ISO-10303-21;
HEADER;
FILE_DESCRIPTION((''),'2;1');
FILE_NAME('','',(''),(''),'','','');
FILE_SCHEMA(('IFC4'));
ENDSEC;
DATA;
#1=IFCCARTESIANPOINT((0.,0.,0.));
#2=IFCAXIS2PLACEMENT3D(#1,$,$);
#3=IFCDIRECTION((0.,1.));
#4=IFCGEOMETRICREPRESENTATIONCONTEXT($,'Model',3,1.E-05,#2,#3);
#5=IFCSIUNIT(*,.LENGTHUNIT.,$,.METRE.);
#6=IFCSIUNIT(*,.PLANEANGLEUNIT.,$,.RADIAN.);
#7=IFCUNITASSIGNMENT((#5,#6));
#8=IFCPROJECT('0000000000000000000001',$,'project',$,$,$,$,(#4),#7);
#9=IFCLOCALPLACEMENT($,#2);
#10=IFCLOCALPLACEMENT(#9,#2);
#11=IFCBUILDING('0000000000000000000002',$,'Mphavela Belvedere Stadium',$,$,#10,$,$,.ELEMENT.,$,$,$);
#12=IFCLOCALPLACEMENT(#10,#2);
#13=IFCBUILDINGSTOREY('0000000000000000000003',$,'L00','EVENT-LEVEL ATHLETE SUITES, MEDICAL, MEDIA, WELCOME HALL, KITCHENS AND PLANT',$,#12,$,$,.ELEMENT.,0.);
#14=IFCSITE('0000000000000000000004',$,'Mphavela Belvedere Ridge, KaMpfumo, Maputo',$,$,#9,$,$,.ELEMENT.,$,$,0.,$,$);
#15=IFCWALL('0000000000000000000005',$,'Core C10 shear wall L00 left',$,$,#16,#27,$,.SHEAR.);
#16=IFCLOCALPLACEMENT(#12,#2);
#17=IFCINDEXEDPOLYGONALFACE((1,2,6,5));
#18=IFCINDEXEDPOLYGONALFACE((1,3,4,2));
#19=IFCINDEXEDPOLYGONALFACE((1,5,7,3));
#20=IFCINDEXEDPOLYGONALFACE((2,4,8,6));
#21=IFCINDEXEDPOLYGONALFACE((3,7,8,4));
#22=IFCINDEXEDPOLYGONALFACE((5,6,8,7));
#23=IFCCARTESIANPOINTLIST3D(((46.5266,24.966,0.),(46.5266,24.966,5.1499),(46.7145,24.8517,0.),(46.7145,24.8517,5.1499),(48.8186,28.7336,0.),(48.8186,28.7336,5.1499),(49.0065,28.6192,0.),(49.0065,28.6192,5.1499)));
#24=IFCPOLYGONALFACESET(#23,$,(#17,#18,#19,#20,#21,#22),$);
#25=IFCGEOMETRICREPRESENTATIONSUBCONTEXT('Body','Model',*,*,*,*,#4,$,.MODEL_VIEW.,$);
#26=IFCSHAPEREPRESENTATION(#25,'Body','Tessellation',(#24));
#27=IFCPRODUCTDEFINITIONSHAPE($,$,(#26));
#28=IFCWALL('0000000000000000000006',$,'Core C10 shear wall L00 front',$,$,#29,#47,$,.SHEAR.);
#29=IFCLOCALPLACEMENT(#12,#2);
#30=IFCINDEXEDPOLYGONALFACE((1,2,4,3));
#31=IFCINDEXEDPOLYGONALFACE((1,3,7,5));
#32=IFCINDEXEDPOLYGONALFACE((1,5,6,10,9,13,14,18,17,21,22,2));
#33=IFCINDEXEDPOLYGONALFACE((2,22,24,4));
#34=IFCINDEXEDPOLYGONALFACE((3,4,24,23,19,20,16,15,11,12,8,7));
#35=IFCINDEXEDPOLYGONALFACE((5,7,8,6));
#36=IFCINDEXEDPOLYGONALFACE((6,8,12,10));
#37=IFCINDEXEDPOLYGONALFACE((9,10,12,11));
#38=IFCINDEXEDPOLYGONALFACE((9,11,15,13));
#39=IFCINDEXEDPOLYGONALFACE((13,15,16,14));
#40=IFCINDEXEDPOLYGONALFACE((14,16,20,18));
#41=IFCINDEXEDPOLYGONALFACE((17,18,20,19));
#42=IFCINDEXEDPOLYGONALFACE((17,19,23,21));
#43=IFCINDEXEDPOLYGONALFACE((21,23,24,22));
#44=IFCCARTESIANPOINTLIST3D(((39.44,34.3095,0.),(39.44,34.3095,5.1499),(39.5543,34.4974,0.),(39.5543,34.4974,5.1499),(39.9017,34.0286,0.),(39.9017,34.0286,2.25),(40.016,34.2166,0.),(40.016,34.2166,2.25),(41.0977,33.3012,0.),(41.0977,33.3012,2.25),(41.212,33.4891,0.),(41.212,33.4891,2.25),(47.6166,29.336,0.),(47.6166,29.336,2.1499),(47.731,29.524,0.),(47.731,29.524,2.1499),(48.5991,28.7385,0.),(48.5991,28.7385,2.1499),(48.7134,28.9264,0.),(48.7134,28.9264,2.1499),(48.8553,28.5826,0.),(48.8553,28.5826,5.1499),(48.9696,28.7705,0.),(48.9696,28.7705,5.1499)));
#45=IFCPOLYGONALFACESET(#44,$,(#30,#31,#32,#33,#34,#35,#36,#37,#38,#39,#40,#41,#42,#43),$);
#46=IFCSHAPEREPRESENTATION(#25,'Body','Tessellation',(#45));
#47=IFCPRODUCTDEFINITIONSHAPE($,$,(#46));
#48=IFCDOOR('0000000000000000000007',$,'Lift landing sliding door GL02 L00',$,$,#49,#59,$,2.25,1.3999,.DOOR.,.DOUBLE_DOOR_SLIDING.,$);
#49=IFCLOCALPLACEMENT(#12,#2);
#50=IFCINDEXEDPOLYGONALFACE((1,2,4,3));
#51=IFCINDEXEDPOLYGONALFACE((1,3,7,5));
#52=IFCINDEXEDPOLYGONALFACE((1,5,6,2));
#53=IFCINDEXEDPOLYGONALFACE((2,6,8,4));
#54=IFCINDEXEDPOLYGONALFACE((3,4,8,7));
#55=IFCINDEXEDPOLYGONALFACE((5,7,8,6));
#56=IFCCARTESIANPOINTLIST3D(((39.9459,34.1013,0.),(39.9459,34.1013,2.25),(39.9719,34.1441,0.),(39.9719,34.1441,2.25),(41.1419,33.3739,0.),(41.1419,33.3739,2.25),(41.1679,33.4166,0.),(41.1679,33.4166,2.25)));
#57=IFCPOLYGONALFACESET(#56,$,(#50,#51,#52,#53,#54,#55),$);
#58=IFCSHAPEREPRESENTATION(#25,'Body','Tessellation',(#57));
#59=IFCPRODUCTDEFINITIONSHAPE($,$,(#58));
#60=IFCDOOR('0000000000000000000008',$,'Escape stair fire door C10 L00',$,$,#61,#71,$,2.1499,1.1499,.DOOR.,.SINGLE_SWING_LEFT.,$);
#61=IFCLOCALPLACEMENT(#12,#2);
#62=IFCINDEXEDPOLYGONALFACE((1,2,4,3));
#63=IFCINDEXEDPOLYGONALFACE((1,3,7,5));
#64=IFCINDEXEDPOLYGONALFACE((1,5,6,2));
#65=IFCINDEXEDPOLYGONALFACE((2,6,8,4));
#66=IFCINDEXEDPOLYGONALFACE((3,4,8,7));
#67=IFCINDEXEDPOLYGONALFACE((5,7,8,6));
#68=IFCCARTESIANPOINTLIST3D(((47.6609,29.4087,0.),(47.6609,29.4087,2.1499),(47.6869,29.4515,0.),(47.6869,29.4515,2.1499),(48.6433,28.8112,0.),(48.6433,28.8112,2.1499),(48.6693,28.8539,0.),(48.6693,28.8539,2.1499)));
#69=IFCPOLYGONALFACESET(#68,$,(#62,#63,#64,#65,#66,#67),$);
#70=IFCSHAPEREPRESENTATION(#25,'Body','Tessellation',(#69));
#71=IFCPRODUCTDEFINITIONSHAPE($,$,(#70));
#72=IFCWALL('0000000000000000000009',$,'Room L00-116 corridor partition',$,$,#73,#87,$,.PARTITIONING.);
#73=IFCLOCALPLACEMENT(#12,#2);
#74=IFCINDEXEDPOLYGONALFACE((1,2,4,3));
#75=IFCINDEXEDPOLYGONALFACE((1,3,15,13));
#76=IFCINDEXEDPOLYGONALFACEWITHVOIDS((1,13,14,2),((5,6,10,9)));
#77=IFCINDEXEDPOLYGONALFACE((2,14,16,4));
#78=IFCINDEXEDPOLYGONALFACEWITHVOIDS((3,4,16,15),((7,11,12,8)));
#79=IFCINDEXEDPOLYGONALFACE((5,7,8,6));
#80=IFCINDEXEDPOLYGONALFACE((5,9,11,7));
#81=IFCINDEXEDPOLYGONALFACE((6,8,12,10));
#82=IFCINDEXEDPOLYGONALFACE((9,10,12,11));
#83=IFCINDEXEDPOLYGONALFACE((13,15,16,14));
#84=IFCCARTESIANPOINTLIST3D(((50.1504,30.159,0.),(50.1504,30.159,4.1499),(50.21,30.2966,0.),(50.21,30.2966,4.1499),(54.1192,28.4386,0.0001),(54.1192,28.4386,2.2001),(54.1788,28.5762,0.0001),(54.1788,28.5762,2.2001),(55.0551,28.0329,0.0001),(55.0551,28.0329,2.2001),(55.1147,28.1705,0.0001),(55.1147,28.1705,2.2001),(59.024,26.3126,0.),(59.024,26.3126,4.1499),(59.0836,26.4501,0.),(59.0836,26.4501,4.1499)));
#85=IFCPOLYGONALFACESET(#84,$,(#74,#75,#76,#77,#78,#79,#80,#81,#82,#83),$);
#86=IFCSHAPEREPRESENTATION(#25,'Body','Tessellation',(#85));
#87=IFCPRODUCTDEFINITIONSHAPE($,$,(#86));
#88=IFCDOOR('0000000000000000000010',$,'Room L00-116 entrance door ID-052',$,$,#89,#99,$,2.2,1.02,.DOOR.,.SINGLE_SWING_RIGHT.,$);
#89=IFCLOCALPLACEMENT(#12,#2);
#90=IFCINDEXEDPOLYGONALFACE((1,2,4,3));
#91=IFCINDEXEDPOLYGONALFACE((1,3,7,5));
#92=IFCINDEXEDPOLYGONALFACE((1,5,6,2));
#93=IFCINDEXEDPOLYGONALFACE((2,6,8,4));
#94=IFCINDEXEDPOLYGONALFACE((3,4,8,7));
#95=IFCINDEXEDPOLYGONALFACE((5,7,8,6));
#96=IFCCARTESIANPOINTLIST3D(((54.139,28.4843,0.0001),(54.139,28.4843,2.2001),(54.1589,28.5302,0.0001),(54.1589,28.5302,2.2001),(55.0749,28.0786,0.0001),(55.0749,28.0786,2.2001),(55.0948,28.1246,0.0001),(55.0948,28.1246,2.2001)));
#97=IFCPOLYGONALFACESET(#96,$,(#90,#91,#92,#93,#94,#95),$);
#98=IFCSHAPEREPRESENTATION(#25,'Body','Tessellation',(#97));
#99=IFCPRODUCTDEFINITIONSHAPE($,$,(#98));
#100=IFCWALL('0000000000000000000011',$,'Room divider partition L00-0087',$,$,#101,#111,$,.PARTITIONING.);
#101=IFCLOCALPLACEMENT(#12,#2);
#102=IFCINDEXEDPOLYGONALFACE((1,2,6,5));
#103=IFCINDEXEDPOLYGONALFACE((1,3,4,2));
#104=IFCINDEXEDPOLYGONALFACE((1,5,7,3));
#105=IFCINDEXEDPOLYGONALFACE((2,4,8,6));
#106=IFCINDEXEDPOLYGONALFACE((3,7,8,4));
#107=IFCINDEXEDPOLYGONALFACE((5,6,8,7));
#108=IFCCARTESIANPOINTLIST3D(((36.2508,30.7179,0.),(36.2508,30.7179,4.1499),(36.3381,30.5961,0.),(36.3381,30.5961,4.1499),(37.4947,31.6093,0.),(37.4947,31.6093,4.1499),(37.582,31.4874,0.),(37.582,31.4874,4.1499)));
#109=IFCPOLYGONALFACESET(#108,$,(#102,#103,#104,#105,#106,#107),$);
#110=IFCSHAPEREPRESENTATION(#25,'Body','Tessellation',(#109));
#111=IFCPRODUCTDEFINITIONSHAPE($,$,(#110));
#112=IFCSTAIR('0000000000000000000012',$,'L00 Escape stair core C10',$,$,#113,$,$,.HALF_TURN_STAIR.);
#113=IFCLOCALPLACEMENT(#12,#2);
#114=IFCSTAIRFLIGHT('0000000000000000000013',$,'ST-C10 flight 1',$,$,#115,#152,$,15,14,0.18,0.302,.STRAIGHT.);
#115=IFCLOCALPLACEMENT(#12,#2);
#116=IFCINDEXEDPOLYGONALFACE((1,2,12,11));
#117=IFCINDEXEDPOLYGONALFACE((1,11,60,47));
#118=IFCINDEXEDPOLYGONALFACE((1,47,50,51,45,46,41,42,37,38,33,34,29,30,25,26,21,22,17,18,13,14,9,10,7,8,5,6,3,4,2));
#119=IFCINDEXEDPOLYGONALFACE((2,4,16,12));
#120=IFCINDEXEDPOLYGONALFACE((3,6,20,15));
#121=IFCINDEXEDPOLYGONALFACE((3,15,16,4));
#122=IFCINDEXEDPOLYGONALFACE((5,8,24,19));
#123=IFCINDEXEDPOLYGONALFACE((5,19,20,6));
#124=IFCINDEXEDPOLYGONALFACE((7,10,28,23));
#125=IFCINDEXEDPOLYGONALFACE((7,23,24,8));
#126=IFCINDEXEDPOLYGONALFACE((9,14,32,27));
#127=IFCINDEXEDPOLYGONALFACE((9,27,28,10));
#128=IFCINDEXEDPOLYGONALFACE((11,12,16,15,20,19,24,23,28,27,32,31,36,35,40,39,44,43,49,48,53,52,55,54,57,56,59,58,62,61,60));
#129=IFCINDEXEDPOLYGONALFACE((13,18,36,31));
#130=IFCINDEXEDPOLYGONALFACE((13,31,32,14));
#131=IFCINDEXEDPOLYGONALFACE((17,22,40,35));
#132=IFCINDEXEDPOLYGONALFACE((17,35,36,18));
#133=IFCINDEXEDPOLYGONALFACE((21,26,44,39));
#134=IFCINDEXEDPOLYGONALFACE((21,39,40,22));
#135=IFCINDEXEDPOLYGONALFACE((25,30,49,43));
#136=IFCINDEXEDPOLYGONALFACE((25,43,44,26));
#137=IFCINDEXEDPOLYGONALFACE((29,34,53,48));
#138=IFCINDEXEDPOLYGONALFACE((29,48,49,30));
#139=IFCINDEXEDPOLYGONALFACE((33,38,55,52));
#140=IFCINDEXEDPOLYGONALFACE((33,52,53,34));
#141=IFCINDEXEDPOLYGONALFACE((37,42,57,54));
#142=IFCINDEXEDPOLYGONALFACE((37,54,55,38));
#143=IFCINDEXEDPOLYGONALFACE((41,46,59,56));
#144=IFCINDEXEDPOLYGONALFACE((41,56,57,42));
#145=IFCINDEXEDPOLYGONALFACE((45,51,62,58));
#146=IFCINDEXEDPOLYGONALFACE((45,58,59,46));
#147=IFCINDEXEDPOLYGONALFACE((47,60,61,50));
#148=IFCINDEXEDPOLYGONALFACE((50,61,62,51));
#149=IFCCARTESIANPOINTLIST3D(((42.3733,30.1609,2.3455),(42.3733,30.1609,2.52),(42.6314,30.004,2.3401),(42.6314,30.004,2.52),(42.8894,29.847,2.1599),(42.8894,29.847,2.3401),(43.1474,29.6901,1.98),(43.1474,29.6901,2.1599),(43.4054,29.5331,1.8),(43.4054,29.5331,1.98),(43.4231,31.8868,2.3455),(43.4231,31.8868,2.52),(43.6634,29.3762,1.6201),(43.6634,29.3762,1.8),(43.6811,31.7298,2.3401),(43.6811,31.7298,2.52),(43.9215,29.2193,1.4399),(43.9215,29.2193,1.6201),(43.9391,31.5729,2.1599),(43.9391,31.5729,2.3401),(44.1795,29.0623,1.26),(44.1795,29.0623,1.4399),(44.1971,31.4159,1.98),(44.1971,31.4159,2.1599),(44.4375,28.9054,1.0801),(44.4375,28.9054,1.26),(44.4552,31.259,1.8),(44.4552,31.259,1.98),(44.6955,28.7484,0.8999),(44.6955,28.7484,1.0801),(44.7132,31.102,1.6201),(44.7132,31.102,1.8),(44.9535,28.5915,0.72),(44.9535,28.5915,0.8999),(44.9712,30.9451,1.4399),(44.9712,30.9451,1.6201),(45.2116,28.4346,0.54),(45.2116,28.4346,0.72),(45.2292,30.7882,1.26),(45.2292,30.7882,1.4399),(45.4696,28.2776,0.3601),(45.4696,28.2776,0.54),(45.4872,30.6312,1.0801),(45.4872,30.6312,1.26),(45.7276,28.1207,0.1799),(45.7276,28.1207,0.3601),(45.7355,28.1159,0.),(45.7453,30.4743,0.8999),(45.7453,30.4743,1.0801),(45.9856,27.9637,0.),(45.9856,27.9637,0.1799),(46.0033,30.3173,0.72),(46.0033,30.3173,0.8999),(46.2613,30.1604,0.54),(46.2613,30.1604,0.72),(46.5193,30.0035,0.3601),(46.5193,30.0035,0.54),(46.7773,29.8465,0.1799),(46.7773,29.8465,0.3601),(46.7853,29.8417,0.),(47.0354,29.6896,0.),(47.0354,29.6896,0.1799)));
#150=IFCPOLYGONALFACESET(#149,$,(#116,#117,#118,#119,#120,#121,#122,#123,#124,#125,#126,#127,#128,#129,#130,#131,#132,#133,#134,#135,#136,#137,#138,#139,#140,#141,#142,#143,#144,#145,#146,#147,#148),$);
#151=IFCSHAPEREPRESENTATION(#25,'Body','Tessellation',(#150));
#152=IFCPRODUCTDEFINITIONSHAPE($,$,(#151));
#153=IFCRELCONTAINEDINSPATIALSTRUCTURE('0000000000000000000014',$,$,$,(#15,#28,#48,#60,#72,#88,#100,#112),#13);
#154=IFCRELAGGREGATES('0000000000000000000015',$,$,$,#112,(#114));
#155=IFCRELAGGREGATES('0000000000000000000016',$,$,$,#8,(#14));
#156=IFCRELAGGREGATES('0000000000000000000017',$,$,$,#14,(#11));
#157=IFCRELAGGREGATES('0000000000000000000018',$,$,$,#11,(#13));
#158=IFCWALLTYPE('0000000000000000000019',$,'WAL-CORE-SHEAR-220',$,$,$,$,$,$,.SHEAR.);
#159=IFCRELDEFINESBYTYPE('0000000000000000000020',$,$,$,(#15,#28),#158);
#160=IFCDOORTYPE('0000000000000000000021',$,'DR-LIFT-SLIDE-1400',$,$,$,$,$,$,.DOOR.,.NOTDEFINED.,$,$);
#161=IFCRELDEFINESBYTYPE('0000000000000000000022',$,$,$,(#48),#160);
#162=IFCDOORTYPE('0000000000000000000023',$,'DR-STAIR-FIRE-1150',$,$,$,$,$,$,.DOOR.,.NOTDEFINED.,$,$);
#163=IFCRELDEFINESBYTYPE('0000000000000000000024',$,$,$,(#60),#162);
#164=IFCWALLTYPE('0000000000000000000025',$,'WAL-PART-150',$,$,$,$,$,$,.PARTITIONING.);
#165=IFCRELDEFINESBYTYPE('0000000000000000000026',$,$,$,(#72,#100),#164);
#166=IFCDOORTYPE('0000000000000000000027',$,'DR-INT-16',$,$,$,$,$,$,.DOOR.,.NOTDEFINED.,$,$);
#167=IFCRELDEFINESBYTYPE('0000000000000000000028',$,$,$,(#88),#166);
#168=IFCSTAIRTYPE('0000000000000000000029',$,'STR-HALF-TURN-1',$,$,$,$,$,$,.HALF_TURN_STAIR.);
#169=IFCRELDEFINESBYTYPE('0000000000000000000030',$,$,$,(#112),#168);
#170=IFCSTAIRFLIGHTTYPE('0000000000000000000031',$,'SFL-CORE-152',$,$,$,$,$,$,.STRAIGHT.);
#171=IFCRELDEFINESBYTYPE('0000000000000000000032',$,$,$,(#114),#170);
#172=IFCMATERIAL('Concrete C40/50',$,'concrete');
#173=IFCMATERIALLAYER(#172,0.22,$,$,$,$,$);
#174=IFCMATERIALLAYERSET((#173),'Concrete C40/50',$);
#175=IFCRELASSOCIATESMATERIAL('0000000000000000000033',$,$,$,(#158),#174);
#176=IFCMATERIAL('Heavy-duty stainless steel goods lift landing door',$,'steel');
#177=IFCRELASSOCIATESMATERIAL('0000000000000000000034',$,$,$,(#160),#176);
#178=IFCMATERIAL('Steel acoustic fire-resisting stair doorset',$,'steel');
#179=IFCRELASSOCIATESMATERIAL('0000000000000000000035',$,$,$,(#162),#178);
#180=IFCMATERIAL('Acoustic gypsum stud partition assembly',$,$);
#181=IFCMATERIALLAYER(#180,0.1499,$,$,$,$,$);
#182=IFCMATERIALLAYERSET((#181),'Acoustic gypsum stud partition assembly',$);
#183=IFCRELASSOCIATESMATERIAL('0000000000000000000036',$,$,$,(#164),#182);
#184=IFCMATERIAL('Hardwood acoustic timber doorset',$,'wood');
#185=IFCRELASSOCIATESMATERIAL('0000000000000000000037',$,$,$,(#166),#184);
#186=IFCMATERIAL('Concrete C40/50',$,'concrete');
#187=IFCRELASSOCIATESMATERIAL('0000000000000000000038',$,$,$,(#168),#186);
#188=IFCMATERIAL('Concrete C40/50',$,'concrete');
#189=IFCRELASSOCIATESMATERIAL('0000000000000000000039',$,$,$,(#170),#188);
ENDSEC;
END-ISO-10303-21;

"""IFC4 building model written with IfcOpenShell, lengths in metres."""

from ifc_helpers import new_model, si_unit, direction, frame, frame_2d, origin, place, context, subcontext, project, spatial, polyline, rectangle, outline, extrude, material, layer, layer_set, type_object, element, fill, aggregate, save


model = new_model("IFC4")

# Units and contexts
model_context = context("Model", 3, precision=1e-05, world=origin(), true_north=direction((0.0, 1.0)))
body_context = subcontext(model_context, "Body", "Model", "MODEL_VIEW")
ifc_project = project(units=[si_unit("LENGTHUNIT", "METRE"), si_unit("PLANEANGLEUNIT", "RADIAN")], contexts=[model_context])

# Site, building, storey
site_placement = place(None, origin())
site = spatial("IfcSite", under=ifc_project, at=site_placement, Name="Mphavela Belvedere Ridge, KaMpfumo, Maputo", CompositionType="ELEMENT", RefElevation=0.0)
building_placement = place(site_placement, origin())
building = spatial("IfcBuilding", under=site, at=building_placement, Name="Mphavela Belvedere Stadium", CompositionType="ELEMENT")
storey_placement = place(building_placement, origin())
storey = spatial("IfcBuildingStorey", under=building, at=storey_placement, Name="L00", Description="EVENT-LEVEL ATHLETE SUITES, MEDICAL, MEDIA, WELCOME HALL, KITCHENS AND PLANT", CompositionType="ELEMENT", Elevation=0.0)

# Wall
ifc_material_1 = material(Name="Concrete C40/50", Category="concrete")
ifc_layer_1 = layer(ifc_material_1, 0.22)
ifc_layer_set_1 = layer_set([ifc_layer_1], Name="Concrete C40/50")
wall_type_1 = type_object("IfcWallType", Name="WAL-CORE-SHEAR-220", PredefinedType="SHEAR", material=ifc_layer_set_1)
wall_1_placement = place(storey_placement, frame((48.9126, 28.6765, 0.0), z_axis=(0.0, 0.0, 1.0), x_axis=(-0.519729, -0.854331, 0.0)))
element("IfcWall", 1, at=wall_1_placement, inside=storey, type_object=wall_type_1, Name="Core C10 shear wall L00 left", PredefinedType="SHEAR", context=body_context, shape_type="SweptSolid", body=[
    extrude(rectangle(XDim=4.4099, YDim=0.22, at=frame_2d((2.2051, 0.0))), origin(), (0.0, 0.0, 1.0), 5.1499),
])

# Wall, openings, doors
wall_2_placement = place(storey_placement, frame((48.9126, 28.6765, 0.0), z_axis=(0.0, 0.0, 1.0), x_axis=(-0.854369, 0.519666, 0.0)))
wall_2 = element("IfcWall", 2, at=wall_2_placement, inside=storey, type_object=wall_type_1, Name="Core C10 shear wall L00 front", PredefinedType="SHEAR", context=body_context, shape_type="SweptSolid", body=[
    extrude(rectangle(XDim=11.0203, YDim=0.22, at=frame_2d((5.5103, 0.0))), origin(), (0.0, 0.0, 1.0), 5.1499),
])
opening_1_placement = place(wall_2_placement, frame((0.3, 0.0, 0.0)))
opening_1 = element("IfcOpeningElement", 3, at=opening_1_placement, cuts=wall_2, PredefinedType="OPENING", context=body_context, shape_type="SweptSolid", body=[
    extrude(rectangle(XDim=1.1499, YDim=2.1499, at=frame_2d((0.575, 1.075))), frame((0.0, 0.1201, 0.0), z_axis=(0.0, -1.0, 0.0), x_axis=(1.0, 0.0, 0.0)), (0.0, 0.0, 1.0), 0.24),
])
opening_2_placement = place(wall_2_placement, frame((9.0801, 0.0, 0.0)))
opening_2 = element("IfcOpeningElement", 4, at=opening_2_placement, cuts=wall_2, PredefinedType="OPENING", context=body_context, shape_type="SweptSolid", body=[
    extrude(rectangle(XDim=1.3999, YDim=2.25, at=frame_2d((0.7, 1.125))), frame((0.0, 0.1201, 0.0), z_axis=(0.0, -1.0, 0.0), x_axis=(1.0, 0.0, 0.0)), (0.0, 0.0, 1.0), 0.24),
])
ifc_material_2 = material(Name="Heavy-duty stainless steel goods lift landing door", Category="steel")
door_type_1 = type_object("IfcDoorType", Name="DR-LIFT-SLIDE-1400", OperationType="NOTDEFINED", PredefinedType="DOOR", material=ifc_material_2)
door_1_placement = place(opening_2_placement, origin())
door_1 = element("IfcDoor", 5, at=door_1_placement, inside=storey, type_object=door_type_1, Name="Lift landing sliding door GL02 L00", OperationType="DOUBLE_DOOR_SLIDING", OverallHeight=2.25, OverallWidth=1.3999, PredefinedType="DOOR", context=body_context, shape_type="SweptSolid", body=[
    extrude(rectangle(XDim=1.3999, YDim=2.25, at=frame_2d((0.7, 1.125))), frame((0.0, 0.0249, 0.0), z_axis=(0.0, -1.0, 0.0), x_axis=(1.0, 0.0, 0.0)), (0.0, 0.0, 1.0), 0.05),
])
fill(opening_2, door_1)
ifc_material_3 = material(Name="Steel acoustic fire-resisting stair doorset", Category="steel")
door_type_2 = type_object("IfcDoorType", Name="DR-STAIR-FIRE-1150", OperationType="NOTDEFINED", PredefinedType="DOOR", material=ifc_material_3)
door_2_placement = place(opening_1_placement, origin())
door_2 = element("IfcDoor", 6, at=door_2_placement, inside=storey, type_object=door_type_2, Name="Escape stair fire door C10 L00", OperationType="SINGLE_SWING_LEFT", OverallHeight=2.1499, OverallWidth=1.1499, PredefinedType="DOOR", context=body_context, shape_type="SweptSolid", body=[
    extrude(rectangle(XDim=1.1499, YDim=2.1499, at=frame_2d((0.575, 1.075))), frame((0.0, 0.0249, 0.0), z_axis=(0.0, -1.0, 0.0), x_axis=(1.0, 0.0, 0.0)), (0.0, 0.0, 1.0), 0.05),
])
fill(opening_1, door_2)

# Wall, opening, door
ifc_material_4 = material(Name="Acoustic gypsum stud partition assembly")
ifc_layer_2 = layer(ifc_material_4, 0.1499)
ifc_layer_set_2 = layer_set([ifc_layer_2], Name="Acoustic gypsum stud partition assembly")
wall_type_2 = type_object("IfcWallType", Name="WAL-PART-150", PredefinedType="PARTITIONING", material=ifc_layer_set_2)
wall_3_placement = place(storey_placement, frame((50.1802, 30.2278, 0.0), z_axis=(0.0, 0.0, 1.0), x_axis=(0.917509, -0.397715, 0.0)))
wall_3 = element("IfcWall", 7, at=wall_3_placement, inside=storey, type_object=wall_type_2, Name="Room L00-116 corridor partition", PredefinedType="PARTITIONING", context=body_context, shape_type="SweptSolid", body=[
    extrude(rectangle(XDim=9.6714, YDim=0.1499, at=frame_2d((4.8357, 0.0))), origin(), (0.0, 0.0, 1.0), 4.1499),
])
opening_3_placement = place(wall_3_placement, frame((4.3257, 0.0, 0.0)))
opening_3 = element("IfcOpeningElement", 8, at=opening_3_placement, cuts=wall_3, PredefinedType="OPENING", context=body_context, shape_type="SweptSolid", body=[
    extrude(rectangle(XDim=1.02, YDim=2.2, at=frame_2d((0.51, 1.1001))), frame((0.0, 0.085, 0.0), z_axis=(0.0, -1.0, 0.0), x_axis=(1.0, 0.0, 0.0)), (0.0, 0.0, 1.0), 0.1699),
])
ifc_material_5 = material(Name="Hardwood acoustic timber doorset", Category="wood")
door_type_3 = type_object("IfcDoorType", Name="DR-INT-16", OperationType="NOTDEFINED", PredefinedType="DOOR", material=ifc_material_5)
door_3_placement = place(opening_3_placement, origin())
door_3 = element("IfcDoor", 9, at=door_3_placement, inside=storey, type_object=door_type_3, Name="Room L00-116 entrance door ID-052", OperationType="SINGLE_SWING_RIGHT", OverallHeight=2.2, OverallWidth=1.02, PredefinedType="DOOR", context=body_context, shape_type="SweptSolid", body=[
    extrude(rectangle(XDim=1.02, YDim=2.2, at=frame_2d((0.51, 1.1001))), frame((0.0, 0.0249, 0.0), z_axis=(0.0, -1.0, 0.0), x_axis=(1.0, 0.0, 0.0)), (0.0, 0.0, 1.0), 0.05),
])
fill(opening_3, door_3)

# Wall
wall_4_placement = place(storey_placement, frame((37.5383, 31.5483, 0.0), z_axis=(0.0, 0.0, 1.0), x_axis=(-0.812849, -0.582475, 0.0)))
element("IfcWall", 10, at=wall_4_placement, inside=storey, type_object=wall_type_2, Name="Room divider partition L00-0087", PredefinedType="PARTITIONING", context=body_context, shape_type="SweptSolid", body=[
    extrude(rectangle(XDim=1.5303, YDim=0.1499, at=frame_2d((0.7651, 0.0))), origin(), (0.0, 0.0, 1.0), 4.1499),
])

# Stair, stair flight
ifc_material_6 = material(Name="Concrete C40/50", Category="concrete")
stair_type = type_object("IfcStairType", Name="STR-HALF-TURN-1", PredefinedType="HALF_TURN_STAIR", material=ifc_material_6)
stair_placement = place(storey_placement, origin())
stair = element("IfcStair", 11, at=stair_placement, inside=storey, type_object=stair_type, Name="L00 Escape stair core C10", PredefinedType="HALF_TURN_STAIR")
ifc_material_7 = material(Name="Concrete C40/50", Category="concrete")
stair_flight_type = type_object("IfcStairFlightType", Name="SFL-CORE-152", PredefinedType="STRAIGHT", material=ifc_material_7)
stair_flight_1_placement = place(storey_placement, frame((46.5105, 28.8267, 0.0), z_axis=(0.0, 0.0, 1.0), x_axis=(-0.854368, 0.519668, 0.0)))
stair_flight_1 = element("IfcStairFlight", 12, at=stair_flight_1_placement, type_object=stair_flight_type, Name="ST-C10 flight 1", NumberOfRisers=15, NumberOfTreads=14, PredefinedType="STRAIGHT", RiserHeight=0.18, TreadLength=0.302, context=body_context, shape_type="SweptSolid", body=[
    extrude(outline(polyline([(0.0, 0.0), (0.0, 0.1799), (0.302, 0.1799), (0.302, 0.3601), (0.604, 0.3601), (0.604, 0.54), (0.906, 0.54), (0.906, 0.72), (1.208, 0.72), (1.208, 0.8999), (1.51, 0.8999), (1.51, 1.0801), (1.812, 1.0801), (1.812, 1.26), (2.114, 1.26), (2.114, 1.4399), (2.416, 1.4399), (2.416, 1.6201), (2.718, 1.6201), (2.718, 1.8), (3.02, 1.8), (3.02, 1.98), (3.322, 1.98), (3.322, 2.1599), (3.624, 2.1599), (3.624, 2.3401), (3.926, 2.3401), (3.926, 2.52), (4.228, 2.52), (4.228, 2.7), (4.228, 2.3455), (0.2927, 0.0), (0.0, 0.0)])), frame((0.0, 1.01, 0.0), z_axis=(0.0, -1.0, 0.0), x_axis=(1.0, 0.0, 0.0)), (0.0, 0.0, 1.0), 2.02),
])
aggregate(stair, [stair_flight_1])

save(model, "model.ifc")
